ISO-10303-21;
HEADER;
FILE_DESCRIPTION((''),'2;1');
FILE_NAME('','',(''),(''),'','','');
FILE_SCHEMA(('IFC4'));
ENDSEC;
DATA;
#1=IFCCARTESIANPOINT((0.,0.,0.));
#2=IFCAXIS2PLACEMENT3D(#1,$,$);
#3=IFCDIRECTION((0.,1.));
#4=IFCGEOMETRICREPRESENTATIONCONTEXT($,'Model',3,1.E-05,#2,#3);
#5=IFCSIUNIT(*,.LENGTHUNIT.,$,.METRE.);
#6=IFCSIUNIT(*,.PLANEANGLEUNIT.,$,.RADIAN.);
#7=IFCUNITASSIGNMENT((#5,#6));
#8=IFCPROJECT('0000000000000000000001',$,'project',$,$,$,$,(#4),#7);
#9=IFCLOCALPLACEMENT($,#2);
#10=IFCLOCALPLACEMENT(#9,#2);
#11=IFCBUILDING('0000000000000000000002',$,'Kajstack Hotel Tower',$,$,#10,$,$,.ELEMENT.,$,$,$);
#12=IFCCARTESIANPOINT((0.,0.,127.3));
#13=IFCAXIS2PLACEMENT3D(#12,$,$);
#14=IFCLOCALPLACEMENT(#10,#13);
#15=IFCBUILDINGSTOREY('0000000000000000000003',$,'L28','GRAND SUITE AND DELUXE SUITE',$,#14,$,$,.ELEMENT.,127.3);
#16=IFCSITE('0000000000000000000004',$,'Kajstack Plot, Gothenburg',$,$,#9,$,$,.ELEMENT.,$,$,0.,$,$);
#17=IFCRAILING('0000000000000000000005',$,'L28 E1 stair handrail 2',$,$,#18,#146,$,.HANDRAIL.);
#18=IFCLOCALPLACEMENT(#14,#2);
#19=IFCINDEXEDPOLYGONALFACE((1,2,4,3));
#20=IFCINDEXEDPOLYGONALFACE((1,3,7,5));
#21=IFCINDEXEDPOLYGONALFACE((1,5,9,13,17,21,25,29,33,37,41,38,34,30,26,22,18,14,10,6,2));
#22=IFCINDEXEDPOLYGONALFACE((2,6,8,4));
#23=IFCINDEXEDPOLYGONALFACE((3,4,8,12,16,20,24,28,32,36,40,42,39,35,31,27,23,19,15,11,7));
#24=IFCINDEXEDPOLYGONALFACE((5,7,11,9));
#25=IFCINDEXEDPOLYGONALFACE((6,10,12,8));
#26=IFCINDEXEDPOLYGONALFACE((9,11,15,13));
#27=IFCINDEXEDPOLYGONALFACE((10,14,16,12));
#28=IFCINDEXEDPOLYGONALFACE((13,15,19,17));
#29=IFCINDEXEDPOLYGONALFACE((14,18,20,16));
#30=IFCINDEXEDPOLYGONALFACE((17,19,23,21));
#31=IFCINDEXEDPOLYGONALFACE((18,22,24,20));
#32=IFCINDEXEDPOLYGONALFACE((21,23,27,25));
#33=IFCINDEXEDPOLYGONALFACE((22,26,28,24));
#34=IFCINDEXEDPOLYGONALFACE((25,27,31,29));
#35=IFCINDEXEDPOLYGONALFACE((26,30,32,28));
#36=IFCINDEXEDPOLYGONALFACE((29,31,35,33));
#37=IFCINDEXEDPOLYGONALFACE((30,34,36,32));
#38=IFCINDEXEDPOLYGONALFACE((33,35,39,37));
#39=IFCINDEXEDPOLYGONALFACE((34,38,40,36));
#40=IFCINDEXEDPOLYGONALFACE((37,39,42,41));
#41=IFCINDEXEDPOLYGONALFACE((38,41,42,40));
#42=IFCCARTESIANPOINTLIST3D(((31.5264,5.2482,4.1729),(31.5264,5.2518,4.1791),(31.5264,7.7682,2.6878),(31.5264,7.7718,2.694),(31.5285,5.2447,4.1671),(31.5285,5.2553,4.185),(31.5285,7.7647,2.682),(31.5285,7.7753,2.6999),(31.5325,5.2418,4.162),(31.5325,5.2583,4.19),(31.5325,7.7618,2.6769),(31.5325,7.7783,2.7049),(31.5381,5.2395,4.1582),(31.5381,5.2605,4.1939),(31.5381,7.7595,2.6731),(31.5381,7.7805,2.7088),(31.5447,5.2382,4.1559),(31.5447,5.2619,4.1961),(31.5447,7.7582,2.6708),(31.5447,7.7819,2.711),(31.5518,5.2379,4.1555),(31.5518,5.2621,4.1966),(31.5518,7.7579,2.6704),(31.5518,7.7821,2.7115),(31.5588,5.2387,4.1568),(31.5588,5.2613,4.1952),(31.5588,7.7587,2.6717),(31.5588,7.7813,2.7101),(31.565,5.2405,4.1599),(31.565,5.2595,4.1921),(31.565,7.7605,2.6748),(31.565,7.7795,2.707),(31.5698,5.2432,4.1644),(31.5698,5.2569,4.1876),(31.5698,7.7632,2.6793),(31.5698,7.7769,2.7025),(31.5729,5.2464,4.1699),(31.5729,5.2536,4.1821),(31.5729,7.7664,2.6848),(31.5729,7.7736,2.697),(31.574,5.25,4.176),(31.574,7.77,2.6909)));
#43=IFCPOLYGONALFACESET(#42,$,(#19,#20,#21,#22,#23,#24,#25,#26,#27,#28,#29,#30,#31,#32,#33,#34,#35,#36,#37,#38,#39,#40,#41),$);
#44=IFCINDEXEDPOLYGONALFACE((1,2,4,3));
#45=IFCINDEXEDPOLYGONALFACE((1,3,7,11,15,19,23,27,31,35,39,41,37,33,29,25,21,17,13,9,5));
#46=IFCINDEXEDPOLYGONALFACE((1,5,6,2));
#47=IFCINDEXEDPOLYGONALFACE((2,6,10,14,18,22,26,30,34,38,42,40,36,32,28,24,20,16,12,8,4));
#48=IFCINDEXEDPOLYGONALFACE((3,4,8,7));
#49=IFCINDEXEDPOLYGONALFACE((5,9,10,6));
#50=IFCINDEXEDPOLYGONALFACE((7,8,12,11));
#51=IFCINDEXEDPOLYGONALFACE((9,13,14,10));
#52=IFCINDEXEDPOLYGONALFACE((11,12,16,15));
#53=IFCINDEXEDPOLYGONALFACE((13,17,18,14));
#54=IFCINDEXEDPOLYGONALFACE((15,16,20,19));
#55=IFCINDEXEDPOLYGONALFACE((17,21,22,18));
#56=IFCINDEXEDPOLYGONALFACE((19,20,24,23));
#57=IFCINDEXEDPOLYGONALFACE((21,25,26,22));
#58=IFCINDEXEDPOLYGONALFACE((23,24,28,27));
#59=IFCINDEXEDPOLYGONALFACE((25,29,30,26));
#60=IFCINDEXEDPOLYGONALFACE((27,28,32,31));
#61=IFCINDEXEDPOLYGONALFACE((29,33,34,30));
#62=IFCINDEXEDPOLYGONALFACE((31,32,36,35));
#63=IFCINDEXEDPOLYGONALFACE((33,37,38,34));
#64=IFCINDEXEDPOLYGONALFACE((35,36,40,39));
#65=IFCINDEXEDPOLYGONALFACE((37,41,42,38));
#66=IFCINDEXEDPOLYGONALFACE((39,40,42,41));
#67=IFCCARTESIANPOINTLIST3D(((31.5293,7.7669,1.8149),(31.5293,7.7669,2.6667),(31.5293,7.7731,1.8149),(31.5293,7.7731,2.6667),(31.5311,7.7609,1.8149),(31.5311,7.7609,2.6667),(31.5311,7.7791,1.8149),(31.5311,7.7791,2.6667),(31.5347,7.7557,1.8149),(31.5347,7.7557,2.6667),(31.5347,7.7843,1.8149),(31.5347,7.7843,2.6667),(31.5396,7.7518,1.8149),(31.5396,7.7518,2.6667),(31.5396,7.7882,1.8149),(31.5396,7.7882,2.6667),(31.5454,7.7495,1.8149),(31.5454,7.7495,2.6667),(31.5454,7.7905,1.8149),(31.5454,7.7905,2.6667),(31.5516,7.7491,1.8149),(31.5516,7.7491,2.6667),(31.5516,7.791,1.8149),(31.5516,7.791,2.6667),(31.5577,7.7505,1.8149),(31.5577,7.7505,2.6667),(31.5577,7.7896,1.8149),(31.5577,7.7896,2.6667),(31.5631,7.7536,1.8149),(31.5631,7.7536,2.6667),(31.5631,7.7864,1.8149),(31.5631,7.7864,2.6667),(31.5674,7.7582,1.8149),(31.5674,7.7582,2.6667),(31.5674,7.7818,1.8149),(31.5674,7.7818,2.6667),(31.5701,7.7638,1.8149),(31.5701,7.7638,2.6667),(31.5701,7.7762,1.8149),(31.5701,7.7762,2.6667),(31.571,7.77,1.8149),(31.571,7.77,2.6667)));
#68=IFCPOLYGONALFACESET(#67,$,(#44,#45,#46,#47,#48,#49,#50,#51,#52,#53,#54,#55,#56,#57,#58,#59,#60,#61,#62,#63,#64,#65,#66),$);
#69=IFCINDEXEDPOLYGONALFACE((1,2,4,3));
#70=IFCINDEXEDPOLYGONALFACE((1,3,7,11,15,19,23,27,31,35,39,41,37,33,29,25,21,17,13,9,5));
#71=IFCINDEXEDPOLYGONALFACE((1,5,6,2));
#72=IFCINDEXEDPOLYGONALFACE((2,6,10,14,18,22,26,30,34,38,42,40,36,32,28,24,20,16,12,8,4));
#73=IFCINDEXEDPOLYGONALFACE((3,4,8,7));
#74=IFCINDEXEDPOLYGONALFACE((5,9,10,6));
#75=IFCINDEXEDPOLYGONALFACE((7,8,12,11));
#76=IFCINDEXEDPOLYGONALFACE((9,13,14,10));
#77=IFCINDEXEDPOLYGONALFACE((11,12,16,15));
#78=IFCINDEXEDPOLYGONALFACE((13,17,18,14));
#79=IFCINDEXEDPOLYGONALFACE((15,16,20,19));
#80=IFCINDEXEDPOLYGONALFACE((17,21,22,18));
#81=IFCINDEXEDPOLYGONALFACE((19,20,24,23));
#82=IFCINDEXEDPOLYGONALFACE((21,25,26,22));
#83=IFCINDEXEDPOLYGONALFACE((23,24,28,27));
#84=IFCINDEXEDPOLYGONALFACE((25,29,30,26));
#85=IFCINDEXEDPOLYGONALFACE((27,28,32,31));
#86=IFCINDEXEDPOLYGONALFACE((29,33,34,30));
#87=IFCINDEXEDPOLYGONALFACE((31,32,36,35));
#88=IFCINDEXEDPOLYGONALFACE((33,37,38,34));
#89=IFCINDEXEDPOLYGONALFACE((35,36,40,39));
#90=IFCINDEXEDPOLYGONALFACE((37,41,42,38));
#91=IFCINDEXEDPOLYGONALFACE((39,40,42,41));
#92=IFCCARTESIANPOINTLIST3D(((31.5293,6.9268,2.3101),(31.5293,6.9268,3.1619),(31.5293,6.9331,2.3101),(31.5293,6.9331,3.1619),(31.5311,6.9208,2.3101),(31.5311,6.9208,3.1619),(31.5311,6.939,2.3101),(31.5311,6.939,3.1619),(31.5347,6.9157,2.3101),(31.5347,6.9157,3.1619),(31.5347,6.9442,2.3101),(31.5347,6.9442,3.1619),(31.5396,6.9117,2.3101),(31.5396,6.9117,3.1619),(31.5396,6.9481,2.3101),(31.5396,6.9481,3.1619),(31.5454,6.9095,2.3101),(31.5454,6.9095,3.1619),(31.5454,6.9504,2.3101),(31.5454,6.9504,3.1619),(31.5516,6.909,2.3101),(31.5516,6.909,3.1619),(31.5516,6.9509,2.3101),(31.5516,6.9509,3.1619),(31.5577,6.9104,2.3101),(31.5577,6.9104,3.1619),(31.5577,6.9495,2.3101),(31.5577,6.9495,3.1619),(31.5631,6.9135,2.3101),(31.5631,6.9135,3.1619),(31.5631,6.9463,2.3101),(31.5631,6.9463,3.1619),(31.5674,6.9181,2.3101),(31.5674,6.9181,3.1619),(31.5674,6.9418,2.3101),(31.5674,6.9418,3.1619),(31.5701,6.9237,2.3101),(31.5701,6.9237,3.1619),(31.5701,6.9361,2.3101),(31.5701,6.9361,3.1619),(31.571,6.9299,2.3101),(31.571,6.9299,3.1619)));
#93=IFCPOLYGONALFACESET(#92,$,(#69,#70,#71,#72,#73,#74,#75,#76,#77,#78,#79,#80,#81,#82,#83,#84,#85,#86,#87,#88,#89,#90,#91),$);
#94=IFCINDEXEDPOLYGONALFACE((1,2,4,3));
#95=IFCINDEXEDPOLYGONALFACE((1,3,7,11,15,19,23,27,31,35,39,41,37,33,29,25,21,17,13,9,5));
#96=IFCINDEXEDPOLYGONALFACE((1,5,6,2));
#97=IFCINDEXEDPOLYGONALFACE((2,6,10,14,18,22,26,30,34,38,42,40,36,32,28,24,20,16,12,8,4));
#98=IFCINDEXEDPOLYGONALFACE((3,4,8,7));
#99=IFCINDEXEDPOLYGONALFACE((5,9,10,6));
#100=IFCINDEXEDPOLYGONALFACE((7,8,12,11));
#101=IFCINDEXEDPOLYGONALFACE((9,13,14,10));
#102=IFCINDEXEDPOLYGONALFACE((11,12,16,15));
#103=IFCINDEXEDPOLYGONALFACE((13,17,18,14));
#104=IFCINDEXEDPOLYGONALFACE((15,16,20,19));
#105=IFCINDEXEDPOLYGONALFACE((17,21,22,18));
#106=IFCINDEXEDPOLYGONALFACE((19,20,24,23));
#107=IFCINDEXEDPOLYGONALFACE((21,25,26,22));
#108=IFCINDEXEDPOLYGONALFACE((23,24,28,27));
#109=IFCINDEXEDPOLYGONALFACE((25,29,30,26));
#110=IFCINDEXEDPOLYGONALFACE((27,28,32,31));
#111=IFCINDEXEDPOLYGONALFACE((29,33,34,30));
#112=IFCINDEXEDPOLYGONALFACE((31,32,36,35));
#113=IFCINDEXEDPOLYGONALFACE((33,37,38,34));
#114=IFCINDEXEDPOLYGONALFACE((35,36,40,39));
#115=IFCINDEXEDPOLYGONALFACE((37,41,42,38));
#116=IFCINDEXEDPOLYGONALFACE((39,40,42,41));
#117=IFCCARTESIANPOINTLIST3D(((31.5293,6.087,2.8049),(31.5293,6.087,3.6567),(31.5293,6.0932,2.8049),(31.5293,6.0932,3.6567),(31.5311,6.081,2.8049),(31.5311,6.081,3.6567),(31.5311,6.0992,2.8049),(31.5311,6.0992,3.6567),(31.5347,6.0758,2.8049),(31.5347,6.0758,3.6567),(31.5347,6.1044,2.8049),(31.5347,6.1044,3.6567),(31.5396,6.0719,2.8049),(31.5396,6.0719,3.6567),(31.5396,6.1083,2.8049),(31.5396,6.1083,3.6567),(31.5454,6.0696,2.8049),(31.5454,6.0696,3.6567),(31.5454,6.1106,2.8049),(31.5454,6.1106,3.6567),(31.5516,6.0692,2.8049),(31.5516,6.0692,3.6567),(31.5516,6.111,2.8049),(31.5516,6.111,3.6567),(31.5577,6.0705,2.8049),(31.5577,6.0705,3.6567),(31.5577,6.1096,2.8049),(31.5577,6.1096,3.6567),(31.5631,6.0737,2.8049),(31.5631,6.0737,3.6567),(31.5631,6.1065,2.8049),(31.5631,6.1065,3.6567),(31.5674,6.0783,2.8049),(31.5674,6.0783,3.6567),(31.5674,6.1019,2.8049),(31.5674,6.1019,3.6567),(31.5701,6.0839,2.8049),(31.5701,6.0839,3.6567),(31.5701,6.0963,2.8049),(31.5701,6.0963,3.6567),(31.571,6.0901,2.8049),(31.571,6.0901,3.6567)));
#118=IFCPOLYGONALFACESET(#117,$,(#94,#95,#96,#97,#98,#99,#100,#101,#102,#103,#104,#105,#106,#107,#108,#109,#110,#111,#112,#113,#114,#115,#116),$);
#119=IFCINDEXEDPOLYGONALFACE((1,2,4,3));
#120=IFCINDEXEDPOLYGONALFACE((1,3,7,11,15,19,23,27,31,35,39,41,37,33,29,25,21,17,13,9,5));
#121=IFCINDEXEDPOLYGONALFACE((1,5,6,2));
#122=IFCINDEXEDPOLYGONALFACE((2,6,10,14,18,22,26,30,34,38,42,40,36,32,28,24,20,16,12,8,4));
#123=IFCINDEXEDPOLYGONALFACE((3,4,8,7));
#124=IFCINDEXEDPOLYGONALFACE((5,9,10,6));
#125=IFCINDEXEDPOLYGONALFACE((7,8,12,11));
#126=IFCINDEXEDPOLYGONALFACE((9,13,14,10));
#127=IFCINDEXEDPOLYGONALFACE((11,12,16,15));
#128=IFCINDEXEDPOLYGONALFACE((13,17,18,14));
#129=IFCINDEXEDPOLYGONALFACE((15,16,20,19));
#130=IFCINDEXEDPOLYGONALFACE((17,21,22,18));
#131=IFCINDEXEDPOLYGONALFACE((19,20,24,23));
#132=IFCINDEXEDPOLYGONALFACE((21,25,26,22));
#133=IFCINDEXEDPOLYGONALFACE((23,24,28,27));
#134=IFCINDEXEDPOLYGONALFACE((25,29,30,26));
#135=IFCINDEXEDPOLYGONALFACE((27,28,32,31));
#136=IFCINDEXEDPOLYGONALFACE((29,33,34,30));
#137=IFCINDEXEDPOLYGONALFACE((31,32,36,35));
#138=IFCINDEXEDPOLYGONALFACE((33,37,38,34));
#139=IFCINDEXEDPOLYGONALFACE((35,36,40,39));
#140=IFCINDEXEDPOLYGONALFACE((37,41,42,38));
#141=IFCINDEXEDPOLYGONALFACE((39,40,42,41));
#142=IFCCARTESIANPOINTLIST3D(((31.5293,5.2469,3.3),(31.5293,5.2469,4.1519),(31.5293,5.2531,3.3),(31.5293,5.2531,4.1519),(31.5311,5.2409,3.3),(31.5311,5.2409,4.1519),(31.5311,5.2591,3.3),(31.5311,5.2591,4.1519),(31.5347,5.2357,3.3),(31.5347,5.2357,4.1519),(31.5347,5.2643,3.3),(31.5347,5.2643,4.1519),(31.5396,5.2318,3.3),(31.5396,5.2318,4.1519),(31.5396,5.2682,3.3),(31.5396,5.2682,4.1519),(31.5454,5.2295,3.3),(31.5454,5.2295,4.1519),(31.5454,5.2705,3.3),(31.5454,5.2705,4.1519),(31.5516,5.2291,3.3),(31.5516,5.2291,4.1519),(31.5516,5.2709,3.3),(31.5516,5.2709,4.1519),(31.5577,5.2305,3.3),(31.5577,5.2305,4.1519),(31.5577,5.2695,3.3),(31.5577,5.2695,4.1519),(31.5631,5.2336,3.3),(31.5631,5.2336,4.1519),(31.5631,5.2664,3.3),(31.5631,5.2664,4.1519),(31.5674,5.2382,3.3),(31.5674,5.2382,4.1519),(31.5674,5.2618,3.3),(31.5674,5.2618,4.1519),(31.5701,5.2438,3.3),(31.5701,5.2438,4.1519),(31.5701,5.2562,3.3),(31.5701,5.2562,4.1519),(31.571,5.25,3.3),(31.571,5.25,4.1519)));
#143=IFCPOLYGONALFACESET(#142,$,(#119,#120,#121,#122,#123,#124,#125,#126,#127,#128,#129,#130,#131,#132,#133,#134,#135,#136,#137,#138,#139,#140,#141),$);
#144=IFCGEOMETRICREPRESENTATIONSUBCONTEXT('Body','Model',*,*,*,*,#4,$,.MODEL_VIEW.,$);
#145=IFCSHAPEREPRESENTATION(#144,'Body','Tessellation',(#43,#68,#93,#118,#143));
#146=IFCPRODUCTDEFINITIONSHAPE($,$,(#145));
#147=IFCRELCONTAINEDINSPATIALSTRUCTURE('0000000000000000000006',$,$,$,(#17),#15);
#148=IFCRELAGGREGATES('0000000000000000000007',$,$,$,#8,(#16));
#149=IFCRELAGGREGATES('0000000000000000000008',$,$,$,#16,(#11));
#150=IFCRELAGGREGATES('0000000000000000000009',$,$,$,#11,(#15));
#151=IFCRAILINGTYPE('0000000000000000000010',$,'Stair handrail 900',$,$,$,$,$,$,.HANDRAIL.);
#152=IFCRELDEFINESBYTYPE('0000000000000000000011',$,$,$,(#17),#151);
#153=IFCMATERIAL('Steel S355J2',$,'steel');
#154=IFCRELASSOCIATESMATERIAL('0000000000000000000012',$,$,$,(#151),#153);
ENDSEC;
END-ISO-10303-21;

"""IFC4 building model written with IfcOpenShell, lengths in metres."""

from ifc_helpers import new_model, si_unit, direction, frame, origin, origin_2d, place, context, subcontext, project, spatial, circle, extrude, material, type_object, element, save


model = new_model("IFC4")

# Units and contexts
model_context = context("Model", 3, precision=1e-05, world=origin(), true_north=direction((0.0, 1.0)))
body_context = subcontext(model_context, "Body", "Model", "MODEL_VIEW")
ifc_project = project(units=[si_unit("LENGTHUNIT", "METRE"), si_unit("PLANEANGLEUNIT", "RADIAN")], contexts=[model_context])

# Site, building, storey
site_placement = place(None, origin())
site = spatial("IfcSite", under=ifc_project, at=site_placement, Name="Kajstack Plot, Gothenburg", CompositionType="ELEMENT", RefElevation=0.0)
building_placement = place(site_placement, origin())
building = spatial("IfcBuilding", under=site, at=building_placement, Name="Kajstack Hotel Tower", CompositionType="ELEMENT")
storey_placement = place(building_placement, frame((0.0, 0.0, 127.3)))
storey = spatial("IfcBuildingStorey", under=building, at=storey_placement, Name="L28", Description="GRAND SUITE AND DELUXE SUITE", CompositionType="ELEMENT", Elevation=127.3)

# Railing
ifc_material_1 = material(Name="Steel S355J2", Category="steel")
railing_type_1 = type_object("IfcRailingType", Name="Stair handrail 900", PredefinedType="HANDRAIL", material=ifc_material_1)
railing_1_placement = place(storey_placement, frame((31.55, 7.77, 1.8149)))
element("IfcRailing", 1, at=railing_1_placement, inside=storey, type_object=railing_type_1, Name="L28 E1 stair handrail 2", PredefinedType="HANDRAIL", context=body_context, shape_type="SweptSolid", body=[
    extrude(circle(Radius=0.0239, at=origin_2d()), frame((0.0, 0.0, 0.876), z_axis=(0.0, -0.861524, 0.507717), x_axis=(1.0, 0.0, 0.0)), (0.0, 0.0, 1.0), 2.925),
    extrude(circle(Radius=0.021, at=origin_2d()), origin(), (0.0, 0.0, 1.0), 0.8518),
    extrude(circle(Radius=0.021, at=origin_2d()), frame((0.0, -0.8401, 0.4951)), (0.0, 0.0, 1.0), 0.8518),
    extrude(circle(Radius=0.021, at=origin_2d()), frame((0.0, -1.6799, 0.99)), (0.0, 0.0, 1.0), 0.8518),
    extrude(circle(Radius=0.021, at=origin_2d()), frame((0.0, -2.52, 1.4851)), (0.0, 0.0, 1.0), 0.8518),
])

save(model, "model.ifc")
